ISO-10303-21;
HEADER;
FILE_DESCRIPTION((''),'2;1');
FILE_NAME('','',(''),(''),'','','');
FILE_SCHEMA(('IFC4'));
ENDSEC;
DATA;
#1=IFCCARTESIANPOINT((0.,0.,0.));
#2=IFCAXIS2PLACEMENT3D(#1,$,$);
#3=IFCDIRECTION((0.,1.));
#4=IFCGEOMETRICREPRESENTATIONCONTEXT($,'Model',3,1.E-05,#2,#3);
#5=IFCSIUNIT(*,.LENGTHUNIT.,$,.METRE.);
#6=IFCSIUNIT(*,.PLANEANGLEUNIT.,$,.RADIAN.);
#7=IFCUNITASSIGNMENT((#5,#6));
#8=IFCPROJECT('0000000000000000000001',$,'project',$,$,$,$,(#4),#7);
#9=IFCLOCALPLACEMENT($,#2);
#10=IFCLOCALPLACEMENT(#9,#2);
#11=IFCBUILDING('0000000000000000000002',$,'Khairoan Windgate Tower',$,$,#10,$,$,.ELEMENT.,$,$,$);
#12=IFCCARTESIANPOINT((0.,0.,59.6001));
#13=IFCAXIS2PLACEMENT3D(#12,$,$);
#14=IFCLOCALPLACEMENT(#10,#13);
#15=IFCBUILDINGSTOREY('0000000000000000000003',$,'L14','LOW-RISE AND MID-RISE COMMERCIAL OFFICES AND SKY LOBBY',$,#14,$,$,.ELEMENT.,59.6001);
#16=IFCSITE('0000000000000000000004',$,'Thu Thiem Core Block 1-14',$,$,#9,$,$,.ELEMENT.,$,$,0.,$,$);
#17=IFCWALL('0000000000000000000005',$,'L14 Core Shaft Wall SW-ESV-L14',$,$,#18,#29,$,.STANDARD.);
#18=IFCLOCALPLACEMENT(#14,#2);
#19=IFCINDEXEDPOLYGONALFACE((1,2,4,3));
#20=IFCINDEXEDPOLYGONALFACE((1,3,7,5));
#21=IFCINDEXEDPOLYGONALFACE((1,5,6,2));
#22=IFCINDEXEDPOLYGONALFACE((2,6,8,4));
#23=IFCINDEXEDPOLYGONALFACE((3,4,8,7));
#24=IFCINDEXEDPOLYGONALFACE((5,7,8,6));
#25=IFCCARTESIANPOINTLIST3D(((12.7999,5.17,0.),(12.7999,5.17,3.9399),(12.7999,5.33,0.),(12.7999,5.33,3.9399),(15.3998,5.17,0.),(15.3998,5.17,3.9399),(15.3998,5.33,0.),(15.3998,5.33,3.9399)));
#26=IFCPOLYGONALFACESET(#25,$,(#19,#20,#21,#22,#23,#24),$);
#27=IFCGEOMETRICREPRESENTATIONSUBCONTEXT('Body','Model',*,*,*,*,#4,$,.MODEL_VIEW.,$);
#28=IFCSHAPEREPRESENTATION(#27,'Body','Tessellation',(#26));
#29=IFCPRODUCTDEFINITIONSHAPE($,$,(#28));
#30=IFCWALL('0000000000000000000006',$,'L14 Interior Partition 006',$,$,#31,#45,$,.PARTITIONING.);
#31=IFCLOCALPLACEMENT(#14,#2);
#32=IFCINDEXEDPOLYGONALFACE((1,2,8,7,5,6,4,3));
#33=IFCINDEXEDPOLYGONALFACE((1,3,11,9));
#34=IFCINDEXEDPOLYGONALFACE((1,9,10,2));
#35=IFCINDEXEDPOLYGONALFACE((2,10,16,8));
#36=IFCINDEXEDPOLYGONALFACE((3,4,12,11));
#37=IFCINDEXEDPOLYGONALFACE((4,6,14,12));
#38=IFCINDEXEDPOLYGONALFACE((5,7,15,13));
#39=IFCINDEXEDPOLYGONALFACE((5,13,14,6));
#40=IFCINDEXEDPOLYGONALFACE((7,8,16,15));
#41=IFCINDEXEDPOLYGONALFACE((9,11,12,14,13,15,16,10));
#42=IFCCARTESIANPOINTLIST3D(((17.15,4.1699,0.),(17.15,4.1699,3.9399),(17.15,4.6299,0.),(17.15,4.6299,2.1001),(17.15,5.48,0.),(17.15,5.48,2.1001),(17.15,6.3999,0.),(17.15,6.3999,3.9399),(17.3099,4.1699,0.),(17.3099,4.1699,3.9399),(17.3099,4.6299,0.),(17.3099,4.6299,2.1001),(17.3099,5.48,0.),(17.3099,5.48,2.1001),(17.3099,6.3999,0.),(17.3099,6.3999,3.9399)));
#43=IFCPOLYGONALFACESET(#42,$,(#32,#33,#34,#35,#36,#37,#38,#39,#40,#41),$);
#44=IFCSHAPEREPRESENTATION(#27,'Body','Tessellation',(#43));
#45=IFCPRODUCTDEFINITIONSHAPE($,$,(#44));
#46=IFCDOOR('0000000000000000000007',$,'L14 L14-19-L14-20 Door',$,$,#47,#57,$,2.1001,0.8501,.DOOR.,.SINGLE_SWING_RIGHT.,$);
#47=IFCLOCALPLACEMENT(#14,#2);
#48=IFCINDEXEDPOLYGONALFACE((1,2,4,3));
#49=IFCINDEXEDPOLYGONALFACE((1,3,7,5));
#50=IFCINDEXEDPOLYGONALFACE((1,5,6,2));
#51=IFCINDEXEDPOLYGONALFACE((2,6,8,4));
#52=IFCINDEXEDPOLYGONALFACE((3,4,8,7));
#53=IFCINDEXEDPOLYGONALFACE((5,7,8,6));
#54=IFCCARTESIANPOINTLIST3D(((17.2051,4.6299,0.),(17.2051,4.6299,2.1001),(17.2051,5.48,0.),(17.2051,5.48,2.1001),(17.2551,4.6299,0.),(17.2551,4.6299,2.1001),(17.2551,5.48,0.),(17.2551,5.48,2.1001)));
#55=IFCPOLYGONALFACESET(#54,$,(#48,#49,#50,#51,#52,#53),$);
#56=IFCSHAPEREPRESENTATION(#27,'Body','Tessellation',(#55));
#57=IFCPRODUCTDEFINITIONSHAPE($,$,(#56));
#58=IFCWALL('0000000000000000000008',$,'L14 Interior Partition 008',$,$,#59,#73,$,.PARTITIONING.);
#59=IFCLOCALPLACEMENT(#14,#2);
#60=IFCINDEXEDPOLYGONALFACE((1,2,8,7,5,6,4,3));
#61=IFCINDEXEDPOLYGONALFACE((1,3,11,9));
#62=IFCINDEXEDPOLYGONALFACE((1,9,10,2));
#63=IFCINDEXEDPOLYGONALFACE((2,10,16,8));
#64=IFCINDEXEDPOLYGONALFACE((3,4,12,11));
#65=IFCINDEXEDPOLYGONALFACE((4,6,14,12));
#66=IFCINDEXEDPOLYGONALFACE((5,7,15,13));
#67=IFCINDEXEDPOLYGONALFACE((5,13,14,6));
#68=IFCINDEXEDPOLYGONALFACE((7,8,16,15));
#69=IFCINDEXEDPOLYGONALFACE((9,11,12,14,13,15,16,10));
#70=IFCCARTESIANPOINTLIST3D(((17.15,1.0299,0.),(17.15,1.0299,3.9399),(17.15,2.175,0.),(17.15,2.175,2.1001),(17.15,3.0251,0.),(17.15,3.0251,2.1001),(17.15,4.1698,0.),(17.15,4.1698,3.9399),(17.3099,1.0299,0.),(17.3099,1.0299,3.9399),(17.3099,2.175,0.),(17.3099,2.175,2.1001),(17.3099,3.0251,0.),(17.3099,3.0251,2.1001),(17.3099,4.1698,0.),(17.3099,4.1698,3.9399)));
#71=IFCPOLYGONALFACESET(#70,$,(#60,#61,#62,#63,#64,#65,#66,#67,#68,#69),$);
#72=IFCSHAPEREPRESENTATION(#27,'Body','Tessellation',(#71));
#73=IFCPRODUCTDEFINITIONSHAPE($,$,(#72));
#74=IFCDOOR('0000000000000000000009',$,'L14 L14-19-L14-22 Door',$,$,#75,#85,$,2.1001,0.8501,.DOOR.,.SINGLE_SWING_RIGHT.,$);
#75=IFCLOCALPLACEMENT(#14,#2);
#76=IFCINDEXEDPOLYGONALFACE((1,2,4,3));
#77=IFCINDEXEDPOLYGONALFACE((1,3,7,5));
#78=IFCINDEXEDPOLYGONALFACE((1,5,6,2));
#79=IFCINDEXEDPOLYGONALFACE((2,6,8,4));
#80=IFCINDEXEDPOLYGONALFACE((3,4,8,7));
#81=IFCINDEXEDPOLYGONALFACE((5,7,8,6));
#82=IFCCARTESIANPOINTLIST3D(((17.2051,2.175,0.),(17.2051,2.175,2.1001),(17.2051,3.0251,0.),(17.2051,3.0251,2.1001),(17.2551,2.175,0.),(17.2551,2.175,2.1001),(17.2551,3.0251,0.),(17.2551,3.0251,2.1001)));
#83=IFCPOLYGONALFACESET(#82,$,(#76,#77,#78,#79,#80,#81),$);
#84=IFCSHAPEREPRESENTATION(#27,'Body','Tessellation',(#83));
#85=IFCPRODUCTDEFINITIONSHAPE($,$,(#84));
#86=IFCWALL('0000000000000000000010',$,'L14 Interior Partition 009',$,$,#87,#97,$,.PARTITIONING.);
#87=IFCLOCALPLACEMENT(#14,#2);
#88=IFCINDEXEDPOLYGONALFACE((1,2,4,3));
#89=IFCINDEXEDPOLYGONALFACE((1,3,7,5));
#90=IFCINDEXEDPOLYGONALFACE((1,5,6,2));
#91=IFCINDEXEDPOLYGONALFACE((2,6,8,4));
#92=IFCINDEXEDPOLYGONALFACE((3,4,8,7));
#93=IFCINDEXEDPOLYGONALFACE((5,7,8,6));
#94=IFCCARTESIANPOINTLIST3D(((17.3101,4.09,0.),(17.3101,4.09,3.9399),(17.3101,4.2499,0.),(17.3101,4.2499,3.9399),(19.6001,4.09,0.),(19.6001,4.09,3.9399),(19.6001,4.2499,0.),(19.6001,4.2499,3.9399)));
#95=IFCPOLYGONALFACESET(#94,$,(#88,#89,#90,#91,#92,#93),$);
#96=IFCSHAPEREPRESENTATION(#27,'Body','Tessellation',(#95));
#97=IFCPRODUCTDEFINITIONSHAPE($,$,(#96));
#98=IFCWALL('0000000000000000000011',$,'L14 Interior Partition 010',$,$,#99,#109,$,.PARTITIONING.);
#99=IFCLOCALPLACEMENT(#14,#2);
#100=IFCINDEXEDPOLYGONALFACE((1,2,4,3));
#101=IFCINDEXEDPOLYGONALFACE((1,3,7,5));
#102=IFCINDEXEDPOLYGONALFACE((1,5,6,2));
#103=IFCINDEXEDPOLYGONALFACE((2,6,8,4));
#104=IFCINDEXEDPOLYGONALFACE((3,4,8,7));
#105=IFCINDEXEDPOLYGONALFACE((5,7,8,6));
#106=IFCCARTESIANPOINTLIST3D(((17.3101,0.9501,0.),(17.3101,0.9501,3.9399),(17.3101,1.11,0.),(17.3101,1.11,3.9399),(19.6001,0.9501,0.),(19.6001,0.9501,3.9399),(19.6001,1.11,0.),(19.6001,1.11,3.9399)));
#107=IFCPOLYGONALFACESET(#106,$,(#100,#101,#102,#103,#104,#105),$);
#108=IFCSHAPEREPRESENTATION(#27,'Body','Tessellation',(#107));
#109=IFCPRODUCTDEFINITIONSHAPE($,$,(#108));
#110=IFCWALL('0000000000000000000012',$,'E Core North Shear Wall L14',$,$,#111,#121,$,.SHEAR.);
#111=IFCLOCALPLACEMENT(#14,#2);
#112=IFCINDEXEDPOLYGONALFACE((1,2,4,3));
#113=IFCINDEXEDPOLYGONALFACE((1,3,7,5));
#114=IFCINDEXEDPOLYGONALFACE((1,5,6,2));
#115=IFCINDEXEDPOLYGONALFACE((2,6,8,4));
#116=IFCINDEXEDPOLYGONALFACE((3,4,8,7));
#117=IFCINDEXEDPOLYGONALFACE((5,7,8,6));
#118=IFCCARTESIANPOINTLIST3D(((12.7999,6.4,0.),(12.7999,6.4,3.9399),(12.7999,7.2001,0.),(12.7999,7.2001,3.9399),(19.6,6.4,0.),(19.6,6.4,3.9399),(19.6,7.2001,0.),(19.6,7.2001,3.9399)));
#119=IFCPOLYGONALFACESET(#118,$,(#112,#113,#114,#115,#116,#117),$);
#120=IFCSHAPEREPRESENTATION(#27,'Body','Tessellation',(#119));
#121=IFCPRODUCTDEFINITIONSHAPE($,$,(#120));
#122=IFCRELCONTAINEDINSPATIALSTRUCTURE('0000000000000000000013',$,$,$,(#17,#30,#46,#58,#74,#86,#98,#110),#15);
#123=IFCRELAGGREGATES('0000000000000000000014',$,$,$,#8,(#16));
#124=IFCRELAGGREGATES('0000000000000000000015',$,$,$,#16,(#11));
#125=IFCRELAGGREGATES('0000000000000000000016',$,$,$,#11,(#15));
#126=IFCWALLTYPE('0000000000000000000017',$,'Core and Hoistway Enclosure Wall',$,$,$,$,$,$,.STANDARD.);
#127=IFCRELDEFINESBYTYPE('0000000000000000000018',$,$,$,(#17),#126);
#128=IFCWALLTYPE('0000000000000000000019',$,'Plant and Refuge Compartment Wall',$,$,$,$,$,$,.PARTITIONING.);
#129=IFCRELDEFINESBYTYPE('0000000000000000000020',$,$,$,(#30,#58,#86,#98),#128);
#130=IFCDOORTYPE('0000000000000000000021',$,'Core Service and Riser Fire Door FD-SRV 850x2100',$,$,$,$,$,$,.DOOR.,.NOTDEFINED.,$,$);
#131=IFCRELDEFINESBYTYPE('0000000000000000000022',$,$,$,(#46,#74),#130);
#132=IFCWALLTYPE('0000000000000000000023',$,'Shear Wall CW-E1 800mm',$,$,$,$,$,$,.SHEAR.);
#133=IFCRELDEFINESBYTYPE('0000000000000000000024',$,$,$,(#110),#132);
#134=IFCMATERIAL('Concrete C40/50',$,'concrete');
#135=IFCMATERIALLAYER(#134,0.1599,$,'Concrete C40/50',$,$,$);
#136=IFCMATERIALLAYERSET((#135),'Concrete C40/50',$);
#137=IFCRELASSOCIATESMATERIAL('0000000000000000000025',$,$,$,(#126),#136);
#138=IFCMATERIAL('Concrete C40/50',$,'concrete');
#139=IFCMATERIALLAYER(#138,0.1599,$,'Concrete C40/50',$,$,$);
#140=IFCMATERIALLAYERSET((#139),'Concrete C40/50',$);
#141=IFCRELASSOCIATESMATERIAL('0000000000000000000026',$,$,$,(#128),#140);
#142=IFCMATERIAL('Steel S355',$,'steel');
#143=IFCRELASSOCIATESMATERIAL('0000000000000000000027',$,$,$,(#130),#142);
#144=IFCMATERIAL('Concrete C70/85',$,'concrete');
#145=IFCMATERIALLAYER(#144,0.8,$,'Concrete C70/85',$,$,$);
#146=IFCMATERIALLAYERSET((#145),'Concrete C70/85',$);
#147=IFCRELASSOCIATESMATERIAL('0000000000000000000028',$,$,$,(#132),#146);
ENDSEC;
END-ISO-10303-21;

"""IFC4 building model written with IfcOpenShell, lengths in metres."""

from ifc_helpers import new_model, si_unit, direction, frame, frame_2d, origin, place, context, subcontext, project, spatial, rectangle, extrude, material, layer, layer_set, type_object, element, fill, save


model = new_model("IFC4")

# Units and contexts
model_context = context("Model", 3, precision=1e-05, world=origin(), true_north=direction((0.0, 1.0)))
body_context = subcontext(model_context, "Body", "Model", "MODEL_VIEW")
ifc_project = project(units=[si_unit("LENGTHUNIT", "METRE"), si_unit("PLANEANGLEUNIT", "RADIAN")], contexts=[model_context])

# Site, building, storey
site_placement = place(None, origin())
site = spatial("IfcSite", under=ifc_project, at=site_placement, Name="Thu Thiem Core Block 1-14", CompositionType="ELEMENT", RefElevation=0.0)
building_placement = place(site_placement, origin())
building = spatial("IfcBuilding", under=site, at=building_placement, Name="Khairoan Windgate Tower", CompositionType="ELEMENT")
storey_placement = place(building_placement, frame((0.0, 0.0, 59.6001)))
storey = spatial("IfcBuildingStorey", under=building, at=storey_placement, Name="L14", Description="LOW-RISE AND MID-RISE COMMERCIAL OFFICES AND SKY LOBBY", CompositionType="ELEMENT", Elevation=59.6001)

# Wall
ifc_material_1 = material(Name="Concrete C40/50", Category="concrete")
ifc_layer_1 = layer(ifc_material_1, 0.1599, Name="Concrete C40/50")
ifc_layer_set_1 = layer_set([ifc_layer_1], Name="Concrete C40/50")
wall_type_1 = type_object("IfcWallType", Name="Core and Hoistway Enclosure Wall", PredefinedType="STANDARD", material=ifc_layer_set_1)
wall_1_placement = place(storey_placement, frame((12.8, 5.25, 0.0), z_axis=(0.0, 0.0, 1.0), x_axis=(1.0, 0.0, 0.0)))
element("IfcWall", 1, at=wall_1_placement, inside=storey, type_object=wall_type_1, Name="L14 Core Shaft Wall SW-ESV-L14", PredefinedType="STANDARD", context=body_context, shape_type="SweptSolid", body=[
    extrude(rectangle(XDim=2.5999, YDim=0.1599, at=frame_2d((1.2998, 0.0))), origin(), (0.0, 0.0, 1.0), 3.9399),
])

# Walls, openings, doors
ifc_material_2 = material(Name="Concrete C40/50", Category="concrete")
ifc_layer_2 = layer(ifc_material_2, 0.1599, Name="Concrete C40/50")
ifc_layer_set_2 = layer_set([ifc_layer_2], Name="Concrete C40/50")
wall_type_2 = type_object("IfcWallType", Name="Plant and Refuge Compartment Wall", PredefinedType="PARTITIONING", material=ifc_layer_set_2)
wall_2_placement = place(storey_placement, frame((17.23, 4.1699, 0.0), z_axis=(0.0, 0.0, 1.0), x_axis=(0.0, 1.0, 0.0)))
wall_2 = element("IfcWall", 2, at=wall_2_placement, inside=storey, type_object=wall_type_2, Name="L14 Interior Partition 006", PredefinedType="PARTITIONING", context=body_context, shape_type="SweptSolid", body=[
    extrude(rectangle(XDim=2.23, YDim=0.1599, at=frame_2d((1.115, 0.0))), origin(), (0.0, 0.0, 1.0), 3.9399),
])
opening_1_placement = place(wall_2_placement, frame((0.46, 0.0, 0.0)))
opening_1 = element("IfcOpeningElement", 3, at=opening_1_placement, cuts=wall_2, PredefinedType="OPENING", context=body_context, shape_type="SweptSolid", body=[
    extrude(rectangle(XDim=0.8501, YDim=2.1001, at=frame_2d((0.425, 1.05))), frame((0.0, 0.0898, 0.0), z_axis=(0.0, -1.0, 0.0), x_axis=(1.0, 0.0, 0.0)), (0.0, 0.0, 1.0), 0.1799),
])
ifc_material_3 = material(Name="Steel S355", Category="steel")
door_type = type_object("IfcDoorType", Name="Core Service and Riser Fire Door FD-SRV 850x2100", OperationType="NOTDEFINED", PredefinedType="DOOR", material=ifc_material_3)
door_1_placement = place(opening_1_placement, origin())
door_1 = element("IfcDoor", 4, at=door_1_placement, inside=storey, type_object=door_type, Name="L14 L14-19-L14-20 Door", OperationType="SINGLE_SWING_RIGHT", OverallHeight=2.1001, OverallWidth=0.8501, PredefinedType="DOOR", context=body_context, shape_type="SweptSolid", body=[
    extrude(rectangle(XDim=0.8501, YDim=2.1001, at=frame_2d((0.425, 1.05))), frame((0.0, 0.0249, 0.0), z_axis=(0.0, -1.0, 0.0), x_axis=(1.0, 0.0, 0.0)), (0.0, 0.0, 1.0), 0.05),
])
fill(opening_1, door_1)
wall_3_placement = place(storey_placement, frame((17.23, 1.03, 0.0), z_axis=(0.0, 0.0, 1.0), x_axis=(0.0, 1.0, 0.0)))
wall_3 = element("IfcWall", 5, at=wall_3_placement, inside=storey, type_object=wall_type_2, Name="L14 Interior Partition 008", PredefinedType="PARTITIONING", context=body_context, shape_type="SweptSolid", body=[
    extrude(rectangle(XDim=3.1399, YDim=0.1599, at=frame_2d((1.5698, 0.0))), origin(), (0.0, 0.0, 1.0), 3.9399),
])
opening_2_placement = place(wall_3_placement, frame((1.145, 0.0, 0.0)))
opening_2 = element("IfcOpeningElement", 6, at=opening_2_placement, cuts=wall_3, PredefinedType="OPENING", context=body_context, shape_type="SweptSolid", body=[
    extrude(rectangle(XDim=0.8501, YDim=2.1001, at=frame_2d((0.425, 1.05))), frame((0.0, 0.0898, 0.0), z_axis=(0.0, -1.0, 0.0), x_axis=(1.0, 0.0, 0.0)), (0.0, 0.0, 1.0), 0.1799),
])
door_2_placement = place(opening_2_placement, origin())
door_2 = element("IfcDoor", 7, at=door_2_placement, inside=storey, type_object=door_type, Name="L14 L14-19-L14-22 Door", OperationType="SINGLE_SWING_RIGHT", OverallHeight=2.1001, OverallWidth=0.8501, PredefinedType="DOOR", context=body_context, shape_type="SweptSolid", body=[
    extrude(rectangle(XDim=0.8501, YDim=2.1001, at=frame_2d((0.425, 1.05))), frame((0.0, 0.0249, 0.0), z_axis=(0.0, -1.0, 0.0), x_axis=(1.0, 0.0, 0.0)), (0.0, 0.0, 1.0), 0.05),
])
fill(opening_2, door_2)

# Walls
for number, where, z_axis, x_axis, name in (
    (8, (17.3101, 4.1699, 0.0), (0.0, 0.0, 1.0), (1.0, 0.0, 0.0), "L14 Interior Partition 009"),
    (9, (17.3101, 1.03, 0.0), (0.0, 0.0, 1.0), (1.0, 0.0, 0.0), "L14 Interior Partition 010"),
):
    element("IfcWall", number, at=place(storey_placement, frame(where, z_axis=z_axis, x_axis=x_axis)), inside=storey, type_object=wall_type_2, Name=name, PredefinedType="PARTITIONING", context=body_context, shape_type="SweptSolid", body=[
        extrude(rectangle(XDim=2.29, YDim=0.1599, at=frame_2d((1.145, 0.0))), origin(), (0.0, 0.0, 1.0), 3.9399),
    ])
ifc_material_4 = material(Name="Concrete C70/85", Category="concrete")
ifc_layer_3 = layer(ifc_material_4, 0.8, Name="Concrete C70/85")
ifc_layer_set_3 = layer_set([ifc_layer_3], Name="Concrete C70/85")
wall_type_3 = type_object("IfcWallType", Name="Shear Wall CW-E1 800mm", PredefinedType="SHEAR", material=ifc_layer_set_3)
wall_4_placement = place(storey_placement, frame((12.8, 6.8, 0.0), z_axis=(0.0, 0.0, 1.0), x_axis=(1.0, 0.0, 0.0)))
element("IfcWall", 10, at=wall_4_placement, inside=storey, type_object=wall_type_3, Name="E Core North Shear Wall L14", PredefinedType="SHEAR", context=body_context, shape_type="SweptSolid", body=[
    extrude(rectangle(XDim=6.8, YDim=0.8, at=frame_2d((3.3999, 0.0))), origin(), (0.0, 0.0, 1.0), 3.9399),
])

save(model, "model.ifc")
